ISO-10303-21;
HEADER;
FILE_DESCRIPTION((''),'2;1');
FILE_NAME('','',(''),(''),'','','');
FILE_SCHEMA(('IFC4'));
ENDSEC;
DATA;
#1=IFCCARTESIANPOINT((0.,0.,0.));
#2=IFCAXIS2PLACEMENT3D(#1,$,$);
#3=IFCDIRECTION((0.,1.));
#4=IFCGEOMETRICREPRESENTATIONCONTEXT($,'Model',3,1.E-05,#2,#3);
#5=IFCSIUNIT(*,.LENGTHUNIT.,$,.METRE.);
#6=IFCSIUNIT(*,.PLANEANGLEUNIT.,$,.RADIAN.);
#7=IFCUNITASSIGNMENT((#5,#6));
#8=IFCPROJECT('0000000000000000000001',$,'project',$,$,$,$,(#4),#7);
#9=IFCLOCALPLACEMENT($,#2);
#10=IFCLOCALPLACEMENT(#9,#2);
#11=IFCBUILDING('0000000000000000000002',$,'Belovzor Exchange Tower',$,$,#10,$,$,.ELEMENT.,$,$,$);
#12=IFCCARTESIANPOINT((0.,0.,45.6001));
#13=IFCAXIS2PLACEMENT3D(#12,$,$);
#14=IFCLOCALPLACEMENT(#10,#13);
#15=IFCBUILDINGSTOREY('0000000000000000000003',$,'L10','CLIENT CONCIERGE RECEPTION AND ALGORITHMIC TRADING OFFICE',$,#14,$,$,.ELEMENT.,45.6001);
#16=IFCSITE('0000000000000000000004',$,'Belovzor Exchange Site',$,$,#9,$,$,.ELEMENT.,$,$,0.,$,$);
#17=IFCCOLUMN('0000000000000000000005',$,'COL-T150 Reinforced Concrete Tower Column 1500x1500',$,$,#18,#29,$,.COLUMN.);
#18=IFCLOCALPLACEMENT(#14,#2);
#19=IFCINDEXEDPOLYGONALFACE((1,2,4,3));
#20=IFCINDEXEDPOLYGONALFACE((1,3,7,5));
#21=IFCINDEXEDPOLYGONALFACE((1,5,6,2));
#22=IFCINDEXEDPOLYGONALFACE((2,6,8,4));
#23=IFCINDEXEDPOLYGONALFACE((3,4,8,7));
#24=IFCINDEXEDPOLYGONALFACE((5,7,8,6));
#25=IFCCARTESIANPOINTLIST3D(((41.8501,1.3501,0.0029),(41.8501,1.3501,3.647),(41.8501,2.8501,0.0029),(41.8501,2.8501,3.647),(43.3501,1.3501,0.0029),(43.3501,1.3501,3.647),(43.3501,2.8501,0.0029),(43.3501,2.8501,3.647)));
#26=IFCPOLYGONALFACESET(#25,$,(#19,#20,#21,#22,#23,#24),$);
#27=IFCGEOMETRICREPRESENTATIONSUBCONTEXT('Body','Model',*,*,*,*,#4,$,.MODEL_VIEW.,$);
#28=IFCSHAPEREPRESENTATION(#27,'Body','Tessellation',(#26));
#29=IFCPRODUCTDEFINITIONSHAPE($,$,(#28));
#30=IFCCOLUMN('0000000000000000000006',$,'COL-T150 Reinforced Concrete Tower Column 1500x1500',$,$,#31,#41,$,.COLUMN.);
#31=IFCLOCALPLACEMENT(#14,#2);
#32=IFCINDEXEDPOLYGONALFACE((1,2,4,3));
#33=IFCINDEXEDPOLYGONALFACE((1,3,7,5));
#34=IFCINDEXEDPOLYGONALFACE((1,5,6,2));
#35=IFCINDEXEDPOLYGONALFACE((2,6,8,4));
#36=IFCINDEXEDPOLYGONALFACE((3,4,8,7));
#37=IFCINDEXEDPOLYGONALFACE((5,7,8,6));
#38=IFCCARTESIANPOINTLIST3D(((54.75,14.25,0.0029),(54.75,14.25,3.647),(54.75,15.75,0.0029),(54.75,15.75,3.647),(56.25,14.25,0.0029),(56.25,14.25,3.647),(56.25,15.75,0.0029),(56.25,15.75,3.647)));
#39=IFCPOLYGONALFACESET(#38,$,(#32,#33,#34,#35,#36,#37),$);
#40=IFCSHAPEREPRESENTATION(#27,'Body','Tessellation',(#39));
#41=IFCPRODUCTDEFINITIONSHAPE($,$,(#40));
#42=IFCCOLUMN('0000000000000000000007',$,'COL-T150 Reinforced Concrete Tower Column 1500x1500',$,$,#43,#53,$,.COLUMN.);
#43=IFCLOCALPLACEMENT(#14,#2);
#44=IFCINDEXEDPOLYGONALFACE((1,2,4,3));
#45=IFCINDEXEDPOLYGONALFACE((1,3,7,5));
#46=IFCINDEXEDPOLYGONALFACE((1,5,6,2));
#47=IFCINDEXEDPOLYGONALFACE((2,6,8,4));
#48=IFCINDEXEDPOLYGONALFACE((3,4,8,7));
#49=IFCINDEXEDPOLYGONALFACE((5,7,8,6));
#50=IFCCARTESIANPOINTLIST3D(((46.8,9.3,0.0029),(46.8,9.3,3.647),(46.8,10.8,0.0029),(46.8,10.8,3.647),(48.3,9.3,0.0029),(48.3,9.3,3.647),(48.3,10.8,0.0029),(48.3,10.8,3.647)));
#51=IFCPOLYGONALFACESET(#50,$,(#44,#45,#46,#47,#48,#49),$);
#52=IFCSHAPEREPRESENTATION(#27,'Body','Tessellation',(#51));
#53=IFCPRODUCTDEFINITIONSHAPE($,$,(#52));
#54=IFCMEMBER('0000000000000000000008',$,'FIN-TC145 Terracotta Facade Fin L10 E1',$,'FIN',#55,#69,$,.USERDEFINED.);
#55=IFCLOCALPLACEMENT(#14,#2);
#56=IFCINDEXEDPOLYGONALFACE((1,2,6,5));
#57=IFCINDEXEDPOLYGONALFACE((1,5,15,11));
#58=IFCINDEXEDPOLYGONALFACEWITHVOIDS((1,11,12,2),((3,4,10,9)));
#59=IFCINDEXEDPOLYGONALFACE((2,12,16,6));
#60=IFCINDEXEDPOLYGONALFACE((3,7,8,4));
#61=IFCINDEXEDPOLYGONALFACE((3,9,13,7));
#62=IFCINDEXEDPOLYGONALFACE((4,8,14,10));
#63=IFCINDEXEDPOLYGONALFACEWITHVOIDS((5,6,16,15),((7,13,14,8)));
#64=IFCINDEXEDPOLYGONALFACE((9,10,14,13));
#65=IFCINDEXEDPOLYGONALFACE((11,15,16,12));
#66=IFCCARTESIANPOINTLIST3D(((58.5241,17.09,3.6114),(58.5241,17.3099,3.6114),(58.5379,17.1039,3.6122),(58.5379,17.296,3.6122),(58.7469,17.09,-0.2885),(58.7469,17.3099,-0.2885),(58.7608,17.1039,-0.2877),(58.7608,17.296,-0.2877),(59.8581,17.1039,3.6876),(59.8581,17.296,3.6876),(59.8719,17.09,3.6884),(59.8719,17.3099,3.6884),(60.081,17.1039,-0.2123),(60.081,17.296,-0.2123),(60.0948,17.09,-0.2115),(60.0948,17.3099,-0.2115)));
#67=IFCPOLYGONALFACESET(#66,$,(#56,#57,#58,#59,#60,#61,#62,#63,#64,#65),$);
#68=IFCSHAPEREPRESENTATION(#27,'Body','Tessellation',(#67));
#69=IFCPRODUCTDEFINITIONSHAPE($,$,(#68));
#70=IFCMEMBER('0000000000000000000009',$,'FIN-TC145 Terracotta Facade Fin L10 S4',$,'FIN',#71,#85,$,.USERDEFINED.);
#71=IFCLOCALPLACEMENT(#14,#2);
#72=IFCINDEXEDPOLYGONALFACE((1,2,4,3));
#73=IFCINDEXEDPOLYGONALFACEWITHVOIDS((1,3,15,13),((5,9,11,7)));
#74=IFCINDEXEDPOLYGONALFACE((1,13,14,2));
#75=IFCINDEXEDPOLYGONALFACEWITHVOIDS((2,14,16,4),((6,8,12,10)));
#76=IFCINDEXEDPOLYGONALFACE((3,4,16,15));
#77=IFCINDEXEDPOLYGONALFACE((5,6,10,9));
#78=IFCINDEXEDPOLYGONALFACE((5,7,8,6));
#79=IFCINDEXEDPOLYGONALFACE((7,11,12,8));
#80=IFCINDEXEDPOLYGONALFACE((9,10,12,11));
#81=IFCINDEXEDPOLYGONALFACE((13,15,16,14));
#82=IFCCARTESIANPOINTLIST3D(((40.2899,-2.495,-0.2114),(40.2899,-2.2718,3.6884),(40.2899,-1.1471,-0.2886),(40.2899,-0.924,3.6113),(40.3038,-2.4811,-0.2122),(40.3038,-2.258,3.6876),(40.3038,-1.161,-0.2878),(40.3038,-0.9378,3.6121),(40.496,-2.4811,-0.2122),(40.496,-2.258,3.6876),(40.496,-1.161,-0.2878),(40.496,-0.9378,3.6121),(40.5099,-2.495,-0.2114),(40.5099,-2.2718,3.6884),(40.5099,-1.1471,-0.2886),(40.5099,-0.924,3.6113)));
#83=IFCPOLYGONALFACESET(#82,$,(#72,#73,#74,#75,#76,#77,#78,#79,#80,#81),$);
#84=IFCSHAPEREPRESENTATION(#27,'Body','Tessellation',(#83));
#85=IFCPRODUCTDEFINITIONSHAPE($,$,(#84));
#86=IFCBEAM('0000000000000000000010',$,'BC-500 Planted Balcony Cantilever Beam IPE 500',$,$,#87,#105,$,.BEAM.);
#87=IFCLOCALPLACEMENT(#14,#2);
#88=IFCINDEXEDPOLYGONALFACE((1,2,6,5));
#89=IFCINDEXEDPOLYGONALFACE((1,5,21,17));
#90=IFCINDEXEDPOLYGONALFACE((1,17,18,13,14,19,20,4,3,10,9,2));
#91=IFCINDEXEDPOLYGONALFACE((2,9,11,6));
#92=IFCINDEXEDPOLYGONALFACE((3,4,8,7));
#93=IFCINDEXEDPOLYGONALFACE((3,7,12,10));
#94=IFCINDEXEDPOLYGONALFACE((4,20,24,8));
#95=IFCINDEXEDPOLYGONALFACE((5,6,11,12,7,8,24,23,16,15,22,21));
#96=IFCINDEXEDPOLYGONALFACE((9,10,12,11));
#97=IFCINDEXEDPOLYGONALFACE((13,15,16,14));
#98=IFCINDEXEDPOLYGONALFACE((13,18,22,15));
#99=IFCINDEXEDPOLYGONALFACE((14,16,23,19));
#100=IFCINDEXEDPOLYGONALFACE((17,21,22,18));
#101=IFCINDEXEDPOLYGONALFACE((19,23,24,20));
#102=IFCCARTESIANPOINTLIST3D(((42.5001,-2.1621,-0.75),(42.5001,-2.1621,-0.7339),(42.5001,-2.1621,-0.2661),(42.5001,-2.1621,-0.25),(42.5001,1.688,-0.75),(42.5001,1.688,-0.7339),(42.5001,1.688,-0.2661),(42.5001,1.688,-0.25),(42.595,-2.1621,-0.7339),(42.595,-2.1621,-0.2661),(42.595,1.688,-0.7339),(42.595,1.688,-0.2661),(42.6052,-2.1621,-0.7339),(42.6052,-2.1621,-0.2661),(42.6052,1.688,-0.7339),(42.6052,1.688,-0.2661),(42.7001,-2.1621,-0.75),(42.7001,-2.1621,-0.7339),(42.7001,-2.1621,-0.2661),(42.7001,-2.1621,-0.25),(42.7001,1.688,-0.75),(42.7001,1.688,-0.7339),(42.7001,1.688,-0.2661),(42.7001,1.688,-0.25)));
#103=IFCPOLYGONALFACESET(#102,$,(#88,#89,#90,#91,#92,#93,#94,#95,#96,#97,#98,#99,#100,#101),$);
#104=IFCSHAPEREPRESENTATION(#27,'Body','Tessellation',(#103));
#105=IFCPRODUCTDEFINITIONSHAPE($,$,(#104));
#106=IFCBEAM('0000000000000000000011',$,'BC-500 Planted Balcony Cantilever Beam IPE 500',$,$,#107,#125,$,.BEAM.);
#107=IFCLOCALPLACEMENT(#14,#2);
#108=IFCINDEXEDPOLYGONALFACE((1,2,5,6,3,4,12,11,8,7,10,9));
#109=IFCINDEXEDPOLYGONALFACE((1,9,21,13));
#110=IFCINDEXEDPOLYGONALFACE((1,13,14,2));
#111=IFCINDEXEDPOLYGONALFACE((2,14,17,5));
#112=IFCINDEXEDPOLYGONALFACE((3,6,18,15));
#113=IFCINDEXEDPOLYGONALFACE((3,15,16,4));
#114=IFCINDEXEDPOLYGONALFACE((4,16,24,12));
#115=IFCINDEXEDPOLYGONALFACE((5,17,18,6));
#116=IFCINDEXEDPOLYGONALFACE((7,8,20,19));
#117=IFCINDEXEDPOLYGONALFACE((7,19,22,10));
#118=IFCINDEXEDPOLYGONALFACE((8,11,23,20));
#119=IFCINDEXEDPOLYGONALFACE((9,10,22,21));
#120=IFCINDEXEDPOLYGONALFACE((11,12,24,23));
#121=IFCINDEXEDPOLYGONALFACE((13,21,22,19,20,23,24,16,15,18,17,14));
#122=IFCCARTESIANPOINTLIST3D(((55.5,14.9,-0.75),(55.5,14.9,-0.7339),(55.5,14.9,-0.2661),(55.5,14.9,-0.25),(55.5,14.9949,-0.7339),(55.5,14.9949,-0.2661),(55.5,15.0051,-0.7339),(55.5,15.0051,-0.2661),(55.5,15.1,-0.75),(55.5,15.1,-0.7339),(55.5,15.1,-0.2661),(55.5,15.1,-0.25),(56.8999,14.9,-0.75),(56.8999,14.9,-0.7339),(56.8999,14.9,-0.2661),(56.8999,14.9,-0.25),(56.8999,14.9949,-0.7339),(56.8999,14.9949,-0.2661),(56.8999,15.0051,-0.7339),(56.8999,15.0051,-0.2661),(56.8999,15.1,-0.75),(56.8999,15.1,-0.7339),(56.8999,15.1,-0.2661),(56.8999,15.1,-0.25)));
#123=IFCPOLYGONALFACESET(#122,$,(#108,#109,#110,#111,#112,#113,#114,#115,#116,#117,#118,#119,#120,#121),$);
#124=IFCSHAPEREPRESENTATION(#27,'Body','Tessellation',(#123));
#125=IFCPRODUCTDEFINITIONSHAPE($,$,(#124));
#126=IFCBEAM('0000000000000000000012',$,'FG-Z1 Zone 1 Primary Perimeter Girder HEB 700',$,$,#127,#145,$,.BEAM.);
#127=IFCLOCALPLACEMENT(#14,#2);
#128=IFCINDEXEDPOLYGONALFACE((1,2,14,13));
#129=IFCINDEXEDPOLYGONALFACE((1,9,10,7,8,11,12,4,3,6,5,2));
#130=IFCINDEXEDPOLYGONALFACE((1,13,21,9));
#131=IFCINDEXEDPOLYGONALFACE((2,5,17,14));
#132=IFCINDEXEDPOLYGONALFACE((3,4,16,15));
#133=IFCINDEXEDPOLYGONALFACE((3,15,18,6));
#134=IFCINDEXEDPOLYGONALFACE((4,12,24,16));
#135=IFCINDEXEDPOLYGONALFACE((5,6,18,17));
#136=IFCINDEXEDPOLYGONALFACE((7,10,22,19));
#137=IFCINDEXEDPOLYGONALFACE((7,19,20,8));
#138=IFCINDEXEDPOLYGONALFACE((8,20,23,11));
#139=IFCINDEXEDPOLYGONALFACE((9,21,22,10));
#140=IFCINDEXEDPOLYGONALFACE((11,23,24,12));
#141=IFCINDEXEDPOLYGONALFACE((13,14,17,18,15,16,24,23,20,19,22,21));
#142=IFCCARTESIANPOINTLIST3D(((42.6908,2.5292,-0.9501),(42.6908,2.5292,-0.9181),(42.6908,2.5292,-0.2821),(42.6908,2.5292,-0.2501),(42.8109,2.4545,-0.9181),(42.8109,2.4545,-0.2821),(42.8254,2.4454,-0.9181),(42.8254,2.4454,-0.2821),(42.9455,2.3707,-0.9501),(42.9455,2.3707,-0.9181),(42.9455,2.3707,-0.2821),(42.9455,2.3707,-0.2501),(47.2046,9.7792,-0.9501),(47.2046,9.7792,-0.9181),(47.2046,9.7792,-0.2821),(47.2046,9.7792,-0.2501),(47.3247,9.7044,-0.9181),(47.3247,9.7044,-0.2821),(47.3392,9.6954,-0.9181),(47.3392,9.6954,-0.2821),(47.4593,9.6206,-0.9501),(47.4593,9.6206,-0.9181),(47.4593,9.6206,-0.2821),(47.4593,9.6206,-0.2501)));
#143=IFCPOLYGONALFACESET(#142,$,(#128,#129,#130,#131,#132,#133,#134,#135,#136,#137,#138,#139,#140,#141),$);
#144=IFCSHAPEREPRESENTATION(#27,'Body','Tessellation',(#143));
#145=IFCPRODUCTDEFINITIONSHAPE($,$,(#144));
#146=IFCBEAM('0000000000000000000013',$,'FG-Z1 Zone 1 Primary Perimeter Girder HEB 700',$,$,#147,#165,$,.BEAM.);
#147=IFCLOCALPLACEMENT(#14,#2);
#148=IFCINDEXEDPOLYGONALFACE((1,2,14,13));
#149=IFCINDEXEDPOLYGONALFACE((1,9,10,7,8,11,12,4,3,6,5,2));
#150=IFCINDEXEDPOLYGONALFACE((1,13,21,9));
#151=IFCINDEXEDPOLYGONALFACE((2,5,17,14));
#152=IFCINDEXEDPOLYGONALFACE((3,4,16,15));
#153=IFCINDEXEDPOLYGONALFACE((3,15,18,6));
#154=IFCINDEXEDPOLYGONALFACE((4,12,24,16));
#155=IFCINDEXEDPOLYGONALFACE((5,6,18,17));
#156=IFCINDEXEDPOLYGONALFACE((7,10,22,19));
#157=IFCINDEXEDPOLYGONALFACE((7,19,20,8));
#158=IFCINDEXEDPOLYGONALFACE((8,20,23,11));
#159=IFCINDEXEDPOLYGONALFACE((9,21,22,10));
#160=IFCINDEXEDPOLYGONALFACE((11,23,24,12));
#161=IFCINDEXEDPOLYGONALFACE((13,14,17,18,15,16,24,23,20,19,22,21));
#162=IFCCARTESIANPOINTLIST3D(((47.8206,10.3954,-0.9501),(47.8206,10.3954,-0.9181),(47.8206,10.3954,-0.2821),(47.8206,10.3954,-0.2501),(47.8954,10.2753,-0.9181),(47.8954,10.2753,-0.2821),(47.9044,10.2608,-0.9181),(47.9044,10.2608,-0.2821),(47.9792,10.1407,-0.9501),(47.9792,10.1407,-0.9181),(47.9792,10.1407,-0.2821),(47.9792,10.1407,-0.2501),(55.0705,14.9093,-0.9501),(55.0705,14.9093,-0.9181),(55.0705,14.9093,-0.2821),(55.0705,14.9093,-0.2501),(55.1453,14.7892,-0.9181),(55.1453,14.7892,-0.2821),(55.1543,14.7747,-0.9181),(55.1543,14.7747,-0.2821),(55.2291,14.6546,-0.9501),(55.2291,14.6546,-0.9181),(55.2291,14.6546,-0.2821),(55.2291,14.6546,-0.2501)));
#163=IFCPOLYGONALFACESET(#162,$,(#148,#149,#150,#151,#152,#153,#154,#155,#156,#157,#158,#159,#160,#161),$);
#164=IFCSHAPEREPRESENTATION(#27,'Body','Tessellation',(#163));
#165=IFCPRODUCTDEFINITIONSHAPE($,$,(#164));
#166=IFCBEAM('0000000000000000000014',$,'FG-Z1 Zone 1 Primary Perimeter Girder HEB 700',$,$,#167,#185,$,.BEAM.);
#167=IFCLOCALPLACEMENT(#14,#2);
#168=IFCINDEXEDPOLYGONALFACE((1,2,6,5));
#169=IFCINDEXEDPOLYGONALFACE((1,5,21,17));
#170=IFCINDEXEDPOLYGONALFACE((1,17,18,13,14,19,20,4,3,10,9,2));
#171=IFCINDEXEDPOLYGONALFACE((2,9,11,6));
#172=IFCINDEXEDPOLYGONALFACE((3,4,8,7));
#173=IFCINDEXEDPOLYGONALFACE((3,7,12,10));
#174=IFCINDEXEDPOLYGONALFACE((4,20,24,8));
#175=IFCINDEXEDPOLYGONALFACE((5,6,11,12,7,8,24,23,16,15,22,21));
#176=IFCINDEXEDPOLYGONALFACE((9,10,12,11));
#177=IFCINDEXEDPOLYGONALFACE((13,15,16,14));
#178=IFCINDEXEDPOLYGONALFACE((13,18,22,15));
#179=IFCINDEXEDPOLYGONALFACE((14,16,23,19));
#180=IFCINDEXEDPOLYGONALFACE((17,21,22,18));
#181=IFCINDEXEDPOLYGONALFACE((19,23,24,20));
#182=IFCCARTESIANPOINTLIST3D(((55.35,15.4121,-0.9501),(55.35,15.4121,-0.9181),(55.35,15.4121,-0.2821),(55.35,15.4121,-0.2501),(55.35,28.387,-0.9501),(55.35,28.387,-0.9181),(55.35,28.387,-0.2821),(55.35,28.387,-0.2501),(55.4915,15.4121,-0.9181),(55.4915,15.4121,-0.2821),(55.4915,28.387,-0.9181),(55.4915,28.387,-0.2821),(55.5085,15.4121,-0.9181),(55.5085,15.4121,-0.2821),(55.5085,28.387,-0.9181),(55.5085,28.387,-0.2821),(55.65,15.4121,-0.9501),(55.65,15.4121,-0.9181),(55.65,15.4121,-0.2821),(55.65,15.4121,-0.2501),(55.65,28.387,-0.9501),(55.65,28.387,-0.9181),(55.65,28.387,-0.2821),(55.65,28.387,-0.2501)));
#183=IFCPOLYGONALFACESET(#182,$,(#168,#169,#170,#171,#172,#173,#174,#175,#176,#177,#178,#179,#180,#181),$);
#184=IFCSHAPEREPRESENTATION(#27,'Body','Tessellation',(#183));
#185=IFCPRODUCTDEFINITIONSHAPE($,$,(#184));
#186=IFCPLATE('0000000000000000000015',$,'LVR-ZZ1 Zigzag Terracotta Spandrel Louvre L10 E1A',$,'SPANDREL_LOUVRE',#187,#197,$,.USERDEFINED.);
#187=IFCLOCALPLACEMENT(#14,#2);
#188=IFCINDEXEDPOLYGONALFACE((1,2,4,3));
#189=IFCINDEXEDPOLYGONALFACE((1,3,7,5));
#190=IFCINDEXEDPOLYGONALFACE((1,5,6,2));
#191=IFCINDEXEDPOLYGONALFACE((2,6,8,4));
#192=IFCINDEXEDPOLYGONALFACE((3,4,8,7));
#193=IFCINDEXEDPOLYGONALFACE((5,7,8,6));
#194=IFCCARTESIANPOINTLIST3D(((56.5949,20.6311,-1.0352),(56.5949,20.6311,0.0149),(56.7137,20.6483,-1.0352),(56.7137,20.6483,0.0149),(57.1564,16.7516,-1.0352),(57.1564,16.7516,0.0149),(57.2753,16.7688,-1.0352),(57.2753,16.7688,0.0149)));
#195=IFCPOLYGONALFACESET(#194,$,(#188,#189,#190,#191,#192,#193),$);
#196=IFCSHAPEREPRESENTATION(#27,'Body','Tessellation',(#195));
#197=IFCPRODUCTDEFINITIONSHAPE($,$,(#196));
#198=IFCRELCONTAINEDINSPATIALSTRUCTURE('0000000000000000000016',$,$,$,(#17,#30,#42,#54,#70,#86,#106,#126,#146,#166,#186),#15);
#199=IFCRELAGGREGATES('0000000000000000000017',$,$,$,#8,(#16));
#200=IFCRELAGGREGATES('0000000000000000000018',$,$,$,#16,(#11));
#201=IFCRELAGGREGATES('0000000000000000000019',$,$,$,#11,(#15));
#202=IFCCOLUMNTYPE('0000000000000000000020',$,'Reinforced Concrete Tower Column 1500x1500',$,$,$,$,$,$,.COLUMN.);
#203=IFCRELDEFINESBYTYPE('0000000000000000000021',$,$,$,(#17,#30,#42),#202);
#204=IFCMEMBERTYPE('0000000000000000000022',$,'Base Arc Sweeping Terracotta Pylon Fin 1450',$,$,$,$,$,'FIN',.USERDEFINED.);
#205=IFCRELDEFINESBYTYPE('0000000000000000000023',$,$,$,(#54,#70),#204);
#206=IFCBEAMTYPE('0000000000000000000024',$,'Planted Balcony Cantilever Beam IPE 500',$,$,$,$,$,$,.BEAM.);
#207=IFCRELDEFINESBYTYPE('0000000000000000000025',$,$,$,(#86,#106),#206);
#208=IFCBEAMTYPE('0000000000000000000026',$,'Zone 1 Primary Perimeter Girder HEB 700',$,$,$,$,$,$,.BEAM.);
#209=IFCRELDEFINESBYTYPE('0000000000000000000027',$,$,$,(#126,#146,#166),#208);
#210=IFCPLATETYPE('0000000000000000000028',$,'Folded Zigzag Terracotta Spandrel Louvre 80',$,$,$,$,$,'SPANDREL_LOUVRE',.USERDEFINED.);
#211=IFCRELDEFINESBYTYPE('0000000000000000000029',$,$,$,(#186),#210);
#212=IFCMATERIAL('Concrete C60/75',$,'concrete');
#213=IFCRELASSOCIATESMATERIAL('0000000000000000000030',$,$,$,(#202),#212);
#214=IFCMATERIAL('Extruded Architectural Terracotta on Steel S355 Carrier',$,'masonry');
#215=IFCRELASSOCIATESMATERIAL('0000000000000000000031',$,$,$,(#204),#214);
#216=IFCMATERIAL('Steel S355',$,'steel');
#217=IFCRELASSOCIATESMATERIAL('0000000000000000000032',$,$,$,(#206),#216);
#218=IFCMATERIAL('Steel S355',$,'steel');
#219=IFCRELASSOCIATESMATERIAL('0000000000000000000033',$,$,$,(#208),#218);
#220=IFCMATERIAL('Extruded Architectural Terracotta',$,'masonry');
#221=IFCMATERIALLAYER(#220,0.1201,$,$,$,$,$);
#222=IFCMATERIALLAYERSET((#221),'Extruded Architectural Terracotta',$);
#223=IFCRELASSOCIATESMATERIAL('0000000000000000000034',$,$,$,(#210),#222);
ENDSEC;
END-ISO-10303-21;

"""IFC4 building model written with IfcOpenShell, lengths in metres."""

from ifc_helpers import new_model, si_unit, direction, frame, origin, origin_2d, place, context, subcontext, project, spatial, rectangle, hollow_rectangle, i_section, extrude, material, layer, layer_set, material_profile, profile_set, type_object, element, save


model = new_model("IFC4")

# Units and contexts
model_context = context("Model", 3, precision=1e-05, world=origin(), true_north=direction((0.0, 1.0)))
body_context = subcontext(model_context, "Body", "Model", "MODEL_VIEW")
ifc_project = project(units=[si_unit("LENGTHUNIT", "METRE"), si_unit("PLANEANGLEUNIT", "RADIAN")], contexts=[model_context])

# Site, building, storey
site_placement = place(None, origin())
site = spatial("IfcSite", under=ifc_project, at=site_placement, Name="Belovzor Exchange Site", CompositionType="ELEMENT", RefElevation=0.0)
building_placement = place(site_placement, origin())
building = spatial("IfcBuilding", under=site, at=building_placement, Name="Belovzor Exchange Tower", CompositionType="ELEMENT")
storey_placement = place(building_placement, frame((0.0, 0.0, 45.6001)))
storey = spatial("IfcBuildingStorey", under=building, at=storey_placement, Name="L10", Description="CLIENT CONCIERGE RECEPTION AND ALGORITHMIC TRADING OFFICE", CompositionType="ELEMENT", Elevation=45.6001)

# Columns
ifc_material_1 = material(Name="Concrete C60/75", Category="concrete")
ifc_material_profile_1 = material_profile(ifc_material_1, rectangle(XDim=1.5, YDim=1.5, at=origin_2d()))
ifc_profile_set_1 = profile_set([ifc_material_profile_1], Name="Concrete C60/75")
column_type = type_object("IfcColumnType", Name="Reinforced Concrete Tower Column 1500x1500", PredefinedType="COLUMN", material=ifc_profile_set_1)
for number, where, z_axis, x_axis, name in (
    (1, (42.6001, 2.1001, 0.0029), (0.0, 0.0, 1.0), (1.0, 0.0, 0.0), "COL-T150 Reinforced Concrete Tower Column 1500x1500"),
    (2, (55.5, 15.0, 0.0029), (0.0, 0.0, 1.0), (1.0, 0.0, 0.0), "COL-T150 Reinforced Concrete Tower Column 1500x1500"),
    (3, (47.55, 10.05, 0.0029), (0.0, 0.0, 1.0), (1.0, 0.0, 0.0), "COL-T150 Reinforced Concrete Tower Column 1500x1500"),
):
    element("IfcColumn", number, at=place(storey_placement, frame(where, z_axis=z_axis, x_axis=x_axis)), inside=storey, type_object=column_type, Name=name, PredefinedType="COLUMN", context=body_context, shape_type="SweptSolid", body=[
        extrude(rectangle(XDim=1.5, YDim=1.5, at=origin_2d()), origin(), (0.0, 0.0, 1.0), 3.644),
    ])

# Members
ifc_material_2 = material(Name="Extruded Architectural Terracotta on Steel S355 Carrier", Category="masonry")
ifc_material_profile_2 = material_profile(ifc_material_2, hollow_rectangle(XDim=0.22, YDim=1.3501, WallThickness=0.0139, at=origin_2d()))
ifc_profile_set_2 = profile_set([ifc_material_profile_2], Name="Extruded Architectural Terracotta on Steel S355 Carrier")
member_type = type_object("IfcMemberType", Name="Base Arc Sweeping Terracotta Pylon Fin 1450", ElementType="FIN", PredefinedType="USERDEFINED", material=ifc_profile_set_2)
for number, where, z_axis, x_axis, name in (
    (4, (59.4209, 17.2, -0.25), (-0.057062, 0.0, 0.998371), (0.0, -1.0, 0.0), "FIN-TC145 Terracotta Facade Fin L10 E1"),
    (5, (40.3999, -1.821, -0.25), (0.0, 0.057125, 0.998367), (-1.0, 0.0, 0.0), "FIN-TC145 Terracotta Facade Fin L10 S4"),
):
    element("IfcMember", number, at=place(storey_placement, frame(where, z_axis=z_axis, x_axis=x_axis)), inside=storey, type_object=member_type, Name=name, ObjectType="FIN", PredefinedType="USERDEFINED", context=body_context, shape_type="SweptSolid", body=[
        extrude(hollow_rectangle(XDim=0.22, YDim=1.3501, WallThickness=0.0139, at=origin_2d()), origin(), (0.0, 0.0, 1.0), 3.9062),
    ])

# Beams
ifc_material_3 = material(Name="Steel S355", Category="steel")
ifc_material_profile_3 = material_profile(ifc_material_3, i_section(OverallWidth=0.2, OverallDepth=0.5, WebThickness=0.0103, FlangeThickness=0.0161, at=origin_2d()))
ifc_profile_set_3 = profile_set([ifc_material_profile_3], Name="Steel S355")
beam_type_1 = type_object("IfcBeamType", Name="Planted Balcony Cantilever Beam IPE 500", PredefinedType="BEAM", material=ifc_profile_set_3)
beam_1_placement = place(storey_placement, frame((42.6001, 1.688, -0.5), z_axis=(0.0, -1.0, 0.0), x_axis=(1.0, 0.0, 0.0)))
element("IfcBeam", 6, at=beam_1_placement, inside=storey, type_object=beam_type_1, Name="BC-500 Planted Balcony Cantilever Beam IPE 500", PredefinedType="BEAM", context=body_context, shape_type="SweptSolid", body=[
    extrude(i_section(OverallWidth=0.2, OverallDepth=0.5, WebThickness=0.0103, FlangeThickness=0.0161, at=origin_2d()), origin(), (0.0, 0.0, 1.0), 3.8501),
])
beam_2_placement = place(storey_placement, frame((55.5, 15.0, -0.5), z_axis=(1.0, 0.0, 0.0), x_axis=(0.0, 1.0, 0.0)))
element("IfcBeam", 7, at=beam_2_placement, inside=storey, type_object=beam_type_1, Name="BC-500 Planted Balcony Cantilever Beam IPE 500", PredefinedType="BEAM", context=body_context, shape_type="SweptSolid", body=[
    extrude(i_section(OverallWidth=0.2, OverallDepth=0.5, WebThickness=0.0103, FlangeThickness=0.0161, at=origin_2d()), origin(), (0.0, 0.0, 1.0), 1.3999),
])
ifc_material_4 = material(Name="Steel S355", Category="steel")
ifc_material_profile_4 = material_profile(ifc_material_4, i_section(OverallWidth=0.3, OverallDepth=0.7, WebThickness=0.0171, FlangeThickness=0.032, at=origin_2d()))
ifc_profile_set_4 = profile_set([ifc_material_profile_4], Name="Steel S355")
beam_type_2 = type_object("IfcBeamType", Name="Zone 1 Primary Perimeter Girder HEB 700", PredefinedType="BEAM", material=ifc_profile_set_4)
for number, where, z_axis, x_axis, name in (
    (8, (42.8181, 2.45, -0.6001), (0.528539, 0.848909, 0.0), (-0.848909, 0.528539, 0.0), "FG-Z1 Zone 1 Primary Perimeter Girder HEB 700"),
    (9, (47.8999, 10.2681, -0.6001), (0.848909, 0.528539, 0.0), (-0.528539, 0.848909, 0.0), "FG-Z1 Zone 1 Primary Perimeter Girder HEB 700"),
):
    element("IfcBeam", number, at=place(storey_placement, frame(where, z_axis=z_axis, x_axis=x_axis)), inside=storey, type_object=beam_type_2, Name=name, PredefinedType="BEAM", context=body_context, shape_type="SweptSolid", body=[
        extrude(i_section(OverallWidth=0.3, OverallDepth=0.7, WebThickness=0.0171, FlangeThickness=0.032, at=origin_2d()), origin(), (0.0, 0.0, 1.0), 8.5403),
    ])
beam_3_placement = place(storey_placement, frame((55.5, 15.4121, -0.6001), z_axis=(0.0, 1.0, 0.0), x_axis=(-1.0, 0.0, 0.0)))
element("IfcBeam", 10, at=beam_3_placement, inside=storey, type_object=beam_type_2, Name="FG-Z1 Zone 1 Primary Perimeter Girder HEB 700", PredefinedType="BEAM", context=body_context, shape_type="SweptSolid", body=[
    extrude(i_section(OverallWidth=0.3, OverallDepth=0.7, WebThickness=0.0171, FlangeThickness=0.032, at=origin_2d()), origin(), (0.0, 0.0, 1.0), 12.9749),
])

# Plate
ifc_material_5 = material(Name="Extruded Architectural Terracotta", Category="masonry")
ifc_layer_1 = layer(ifc_material_5, 0.1201)
ifc_layer_set_1 = layer_set([ifc_layer_1], Name="Extruded Architectural Terracotta")
plate_type = type_object("IfcPlateType", Name="Folded Zigzag Terracotta Spandrel Louvre 80", ElementType="SPANDREL_LOUVRE", PredefinedType="USERDEFINED", material=ifc_layer_set_1)
plate_placement = place(storey_placement, frame((56.9351, 18.7, -1.0352), z_axis=(0.0, 0.0, 1.0), x_axis=(-0.143251, 0.989686, 0.0)))
element("IfcPlate", 11, at=plate_placement, inside=storey, type_object=plate_type, Name="LVR-ZZ1 Zigzag Terracotta Spandrel Louvre L10 E1A", ObjectType="SPANDREL_LOUVRE", PredefinedType="USERDEFINED", context=body_context, shape_type="SweptSolid", body=[
    extrude(rectangle(XDim=3.9199, YDim=0.1201, at=origin_2d()), origin(), (0.0, 0.0, 1.0), 1.05),
])

save(model, "model.ifc")
